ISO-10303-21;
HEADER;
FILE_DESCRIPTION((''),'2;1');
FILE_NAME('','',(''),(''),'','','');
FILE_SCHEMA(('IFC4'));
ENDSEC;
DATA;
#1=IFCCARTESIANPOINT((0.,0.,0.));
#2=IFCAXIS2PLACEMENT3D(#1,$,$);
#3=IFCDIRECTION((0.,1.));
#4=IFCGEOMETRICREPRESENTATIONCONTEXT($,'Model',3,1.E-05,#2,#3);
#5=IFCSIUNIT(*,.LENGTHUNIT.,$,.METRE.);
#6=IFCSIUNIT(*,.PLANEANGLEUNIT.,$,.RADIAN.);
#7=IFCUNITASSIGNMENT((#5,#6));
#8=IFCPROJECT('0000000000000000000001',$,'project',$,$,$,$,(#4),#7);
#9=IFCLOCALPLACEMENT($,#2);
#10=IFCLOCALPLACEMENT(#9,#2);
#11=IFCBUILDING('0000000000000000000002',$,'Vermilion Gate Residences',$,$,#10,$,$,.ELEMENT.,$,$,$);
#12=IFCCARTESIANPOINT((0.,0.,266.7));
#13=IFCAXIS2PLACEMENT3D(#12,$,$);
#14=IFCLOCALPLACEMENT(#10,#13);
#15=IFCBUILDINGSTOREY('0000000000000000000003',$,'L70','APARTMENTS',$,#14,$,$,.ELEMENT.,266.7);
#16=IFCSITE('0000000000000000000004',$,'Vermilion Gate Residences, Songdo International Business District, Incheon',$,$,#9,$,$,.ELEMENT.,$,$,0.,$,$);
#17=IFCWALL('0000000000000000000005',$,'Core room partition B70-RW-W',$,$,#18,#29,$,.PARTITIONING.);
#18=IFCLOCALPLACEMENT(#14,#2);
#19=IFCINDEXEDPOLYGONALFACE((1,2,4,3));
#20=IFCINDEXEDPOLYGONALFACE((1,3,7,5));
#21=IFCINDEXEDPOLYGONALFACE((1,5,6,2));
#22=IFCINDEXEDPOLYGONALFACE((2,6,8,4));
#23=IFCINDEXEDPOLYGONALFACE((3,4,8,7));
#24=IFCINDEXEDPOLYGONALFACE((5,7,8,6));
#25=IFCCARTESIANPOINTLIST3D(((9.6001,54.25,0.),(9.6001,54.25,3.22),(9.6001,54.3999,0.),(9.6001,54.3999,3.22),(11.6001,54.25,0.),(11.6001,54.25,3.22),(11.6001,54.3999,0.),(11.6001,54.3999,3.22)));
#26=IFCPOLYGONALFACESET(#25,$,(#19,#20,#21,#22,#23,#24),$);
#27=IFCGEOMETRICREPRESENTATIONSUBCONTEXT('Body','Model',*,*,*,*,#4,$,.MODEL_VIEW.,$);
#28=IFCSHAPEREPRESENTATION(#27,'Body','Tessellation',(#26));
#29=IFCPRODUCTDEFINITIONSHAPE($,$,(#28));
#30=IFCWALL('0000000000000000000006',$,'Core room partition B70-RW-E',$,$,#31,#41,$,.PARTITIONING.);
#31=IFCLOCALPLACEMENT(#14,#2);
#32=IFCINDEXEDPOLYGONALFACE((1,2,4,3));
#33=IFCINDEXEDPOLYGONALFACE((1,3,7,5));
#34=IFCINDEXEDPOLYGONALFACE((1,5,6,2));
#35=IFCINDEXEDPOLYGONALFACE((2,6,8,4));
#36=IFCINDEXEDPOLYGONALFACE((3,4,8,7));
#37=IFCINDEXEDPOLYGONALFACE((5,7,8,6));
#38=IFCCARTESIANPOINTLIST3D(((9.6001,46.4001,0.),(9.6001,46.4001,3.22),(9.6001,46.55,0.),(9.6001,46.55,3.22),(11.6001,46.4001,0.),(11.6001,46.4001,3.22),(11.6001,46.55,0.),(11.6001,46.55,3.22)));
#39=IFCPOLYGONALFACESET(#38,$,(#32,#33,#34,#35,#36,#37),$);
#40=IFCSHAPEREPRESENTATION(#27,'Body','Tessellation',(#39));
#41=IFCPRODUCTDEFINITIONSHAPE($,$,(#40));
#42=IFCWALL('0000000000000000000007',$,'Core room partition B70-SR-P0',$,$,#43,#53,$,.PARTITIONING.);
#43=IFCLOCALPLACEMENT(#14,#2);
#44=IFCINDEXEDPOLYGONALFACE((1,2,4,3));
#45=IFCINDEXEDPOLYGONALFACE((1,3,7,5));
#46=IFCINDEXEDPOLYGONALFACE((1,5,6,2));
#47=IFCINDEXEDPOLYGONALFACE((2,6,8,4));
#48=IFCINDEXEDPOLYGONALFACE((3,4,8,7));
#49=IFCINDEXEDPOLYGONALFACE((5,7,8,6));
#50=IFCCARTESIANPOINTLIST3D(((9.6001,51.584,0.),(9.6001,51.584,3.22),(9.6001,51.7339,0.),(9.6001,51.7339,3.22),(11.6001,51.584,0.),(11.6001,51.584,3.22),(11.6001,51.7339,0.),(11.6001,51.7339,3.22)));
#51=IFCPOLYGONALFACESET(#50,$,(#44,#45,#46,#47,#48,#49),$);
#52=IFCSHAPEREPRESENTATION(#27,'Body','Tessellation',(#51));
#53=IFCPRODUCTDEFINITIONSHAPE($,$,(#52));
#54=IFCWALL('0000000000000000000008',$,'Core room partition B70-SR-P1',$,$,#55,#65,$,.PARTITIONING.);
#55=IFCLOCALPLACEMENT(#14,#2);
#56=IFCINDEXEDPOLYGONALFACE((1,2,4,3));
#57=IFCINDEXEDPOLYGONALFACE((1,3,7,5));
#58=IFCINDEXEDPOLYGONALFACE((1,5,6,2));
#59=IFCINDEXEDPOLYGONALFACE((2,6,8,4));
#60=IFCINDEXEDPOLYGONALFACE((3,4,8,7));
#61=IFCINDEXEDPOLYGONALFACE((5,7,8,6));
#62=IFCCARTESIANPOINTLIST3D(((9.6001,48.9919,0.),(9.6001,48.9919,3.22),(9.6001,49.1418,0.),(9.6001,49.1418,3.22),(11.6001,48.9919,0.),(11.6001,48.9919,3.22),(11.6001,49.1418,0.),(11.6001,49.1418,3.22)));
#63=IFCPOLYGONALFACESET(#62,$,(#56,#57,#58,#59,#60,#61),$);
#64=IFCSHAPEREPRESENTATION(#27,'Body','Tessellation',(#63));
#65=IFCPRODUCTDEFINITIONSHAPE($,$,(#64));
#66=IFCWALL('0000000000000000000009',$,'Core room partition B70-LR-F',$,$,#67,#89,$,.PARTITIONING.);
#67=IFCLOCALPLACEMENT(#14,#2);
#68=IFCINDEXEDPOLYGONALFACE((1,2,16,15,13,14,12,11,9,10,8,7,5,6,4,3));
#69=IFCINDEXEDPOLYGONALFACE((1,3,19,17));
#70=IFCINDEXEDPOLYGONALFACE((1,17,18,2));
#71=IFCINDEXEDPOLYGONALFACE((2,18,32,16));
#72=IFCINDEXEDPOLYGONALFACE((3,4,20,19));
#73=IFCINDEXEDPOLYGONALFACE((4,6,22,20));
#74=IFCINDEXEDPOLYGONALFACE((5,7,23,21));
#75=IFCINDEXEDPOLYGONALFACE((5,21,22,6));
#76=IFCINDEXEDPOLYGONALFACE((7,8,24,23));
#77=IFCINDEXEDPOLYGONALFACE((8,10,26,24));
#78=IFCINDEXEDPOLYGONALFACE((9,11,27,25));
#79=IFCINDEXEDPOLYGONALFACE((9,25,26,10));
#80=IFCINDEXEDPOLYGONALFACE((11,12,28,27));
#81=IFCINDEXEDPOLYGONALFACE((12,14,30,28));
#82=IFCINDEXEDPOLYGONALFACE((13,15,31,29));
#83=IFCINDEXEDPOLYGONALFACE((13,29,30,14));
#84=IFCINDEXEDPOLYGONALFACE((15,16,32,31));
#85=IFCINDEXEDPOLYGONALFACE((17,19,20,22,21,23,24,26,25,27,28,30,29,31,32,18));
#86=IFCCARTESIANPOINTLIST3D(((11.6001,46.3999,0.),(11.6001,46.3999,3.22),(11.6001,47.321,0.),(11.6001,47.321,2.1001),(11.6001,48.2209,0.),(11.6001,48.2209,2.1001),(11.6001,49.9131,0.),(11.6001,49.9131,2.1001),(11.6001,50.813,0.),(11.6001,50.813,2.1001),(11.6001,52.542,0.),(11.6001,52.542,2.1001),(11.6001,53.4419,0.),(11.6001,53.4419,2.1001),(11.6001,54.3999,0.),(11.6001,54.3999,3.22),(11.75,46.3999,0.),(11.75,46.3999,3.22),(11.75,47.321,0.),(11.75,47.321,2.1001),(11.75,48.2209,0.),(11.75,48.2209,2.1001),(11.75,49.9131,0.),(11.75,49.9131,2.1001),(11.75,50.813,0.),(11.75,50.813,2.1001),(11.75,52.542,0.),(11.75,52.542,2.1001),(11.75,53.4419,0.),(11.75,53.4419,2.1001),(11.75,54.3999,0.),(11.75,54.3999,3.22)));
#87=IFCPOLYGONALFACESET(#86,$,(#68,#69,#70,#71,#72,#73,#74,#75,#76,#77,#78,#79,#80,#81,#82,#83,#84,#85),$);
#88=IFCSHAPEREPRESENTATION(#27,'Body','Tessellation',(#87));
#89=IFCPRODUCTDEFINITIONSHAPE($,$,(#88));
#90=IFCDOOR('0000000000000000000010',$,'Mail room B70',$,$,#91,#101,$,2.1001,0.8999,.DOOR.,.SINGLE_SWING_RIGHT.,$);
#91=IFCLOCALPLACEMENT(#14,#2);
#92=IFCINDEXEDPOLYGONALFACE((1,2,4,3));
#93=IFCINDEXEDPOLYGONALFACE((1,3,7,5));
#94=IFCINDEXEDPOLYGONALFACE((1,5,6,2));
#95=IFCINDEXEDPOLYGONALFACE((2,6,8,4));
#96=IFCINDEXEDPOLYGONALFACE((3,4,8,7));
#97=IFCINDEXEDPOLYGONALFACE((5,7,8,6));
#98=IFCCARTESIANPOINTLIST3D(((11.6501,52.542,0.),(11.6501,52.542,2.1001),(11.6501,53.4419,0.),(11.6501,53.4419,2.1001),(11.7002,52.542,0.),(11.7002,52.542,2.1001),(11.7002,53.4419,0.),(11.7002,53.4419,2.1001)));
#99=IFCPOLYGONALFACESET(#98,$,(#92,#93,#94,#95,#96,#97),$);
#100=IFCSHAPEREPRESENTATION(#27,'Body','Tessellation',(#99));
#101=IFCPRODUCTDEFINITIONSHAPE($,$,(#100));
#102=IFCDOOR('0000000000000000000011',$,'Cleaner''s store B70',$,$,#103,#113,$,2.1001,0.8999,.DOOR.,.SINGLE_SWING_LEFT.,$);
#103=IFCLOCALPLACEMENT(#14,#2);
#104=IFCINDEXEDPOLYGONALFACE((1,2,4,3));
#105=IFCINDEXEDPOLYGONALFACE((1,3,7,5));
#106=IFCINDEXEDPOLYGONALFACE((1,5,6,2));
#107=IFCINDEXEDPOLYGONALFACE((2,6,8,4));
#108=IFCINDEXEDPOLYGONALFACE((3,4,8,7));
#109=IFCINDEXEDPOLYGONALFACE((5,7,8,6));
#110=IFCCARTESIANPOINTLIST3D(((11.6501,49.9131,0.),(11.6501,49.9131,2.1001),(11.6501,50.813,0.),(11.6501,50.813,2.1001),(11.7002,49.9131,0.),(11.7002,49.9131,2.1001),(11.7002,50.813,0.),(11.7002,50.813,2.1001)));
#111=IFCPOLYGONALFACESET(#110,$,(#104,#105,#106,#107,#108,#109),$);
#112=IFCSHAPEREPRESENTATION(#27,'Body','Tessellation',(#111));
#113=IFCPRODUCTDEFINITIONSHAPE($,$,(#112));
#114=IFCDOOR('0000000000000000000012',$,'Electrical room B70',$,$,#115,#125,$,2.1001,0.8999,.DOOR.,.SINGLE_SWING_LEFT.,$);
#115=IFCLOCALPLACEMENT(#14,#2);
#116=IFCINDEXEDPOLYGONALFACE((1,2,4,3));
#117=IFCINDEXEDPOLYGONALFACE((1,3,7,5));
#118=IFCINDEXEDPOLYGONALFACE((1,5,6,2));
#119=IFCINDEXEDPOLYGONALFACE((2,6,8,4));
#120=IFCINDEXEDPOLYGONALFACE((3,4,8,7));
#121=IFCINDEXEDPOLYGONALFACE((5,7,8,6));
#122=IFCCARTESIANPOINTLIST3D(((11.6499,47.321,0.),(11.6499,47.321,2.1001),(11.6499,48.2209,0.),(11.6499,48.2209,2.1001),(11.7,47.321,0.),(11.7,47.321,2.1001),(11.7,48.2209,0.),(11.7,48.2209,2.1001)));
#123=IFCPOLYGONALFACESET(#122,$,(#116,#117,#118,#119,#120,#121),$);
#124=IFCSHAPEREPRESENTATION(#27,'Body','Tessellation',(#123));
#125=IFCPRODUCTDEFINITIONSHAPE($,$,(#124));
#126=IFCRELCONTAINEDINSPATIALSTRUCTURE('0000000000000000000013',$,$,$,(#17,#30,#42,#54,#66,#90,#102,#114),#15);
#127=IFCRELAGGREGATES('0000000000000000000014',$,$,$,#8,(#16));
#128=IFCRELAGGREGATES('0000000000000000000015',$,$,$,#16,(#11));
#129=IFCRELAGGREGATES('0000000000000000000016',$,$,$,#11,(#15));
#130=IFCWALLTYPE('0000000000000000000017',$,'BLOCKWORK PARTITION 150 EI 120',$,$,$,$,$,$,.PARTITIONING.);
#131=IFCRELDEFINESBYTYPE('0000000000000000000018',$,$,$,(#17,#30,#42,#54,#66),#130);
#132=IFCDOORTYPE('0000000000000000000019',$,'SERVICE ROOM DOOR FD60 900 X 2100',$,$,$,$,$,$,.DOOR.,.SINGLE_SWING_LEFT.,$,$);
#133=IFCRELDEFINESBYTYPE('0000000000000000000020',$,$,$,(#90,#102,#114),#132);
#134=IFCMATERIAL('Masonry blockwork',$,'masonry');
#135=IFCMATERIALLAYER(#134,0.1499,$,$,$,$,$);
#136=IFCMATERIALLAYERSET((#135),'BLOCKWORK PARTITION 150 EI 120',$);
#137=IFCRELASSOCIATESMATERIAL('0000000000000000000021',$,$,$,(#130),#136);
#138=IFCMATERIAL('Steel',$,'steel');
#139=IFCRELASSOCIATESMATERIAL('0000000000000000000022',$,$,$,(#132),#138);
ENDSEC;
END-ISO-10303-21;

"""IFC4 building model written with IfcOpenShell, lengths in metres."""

from ifc_helpers import new_model, si_unit, direction, frame, frame_2d, origin, place, context, subcontext, project, spatial, rectangle, extrude, material, layer, layer_set, type_object, element, fill, save


model = new_model("IFC4")

# Units and contexts
model_context = context("Model", 3, precision=1e-05, world=origin(), true_north=direction((0.0, 1.0)))
body_context = subcontext(model_context, "Body", "Model", "MODEL_VIEW")
ifc_project = project(units=[si_unit("LENGTHUNIT", "METRE"), si_unit("PLANEANGLEUNIT", "RADIAN")], contexts=[model_context])

# Site, building, storey
site_placement = place(None, origin())
site = spatial("IfcSite", under=ifc_project, at=site_placement, Name="Vermilion Gate Residences, Songdo International Business District, Incheon", CompositionType="ELEMENT", RefElevation=0.0)
building_placement = place(site_placement, origin())
building = spatial("IfcBuilding", under=site, at=building_placement, Name="Vermilion Gate Residences", CompositionType="ELEMENT")
storey_placement = place(building_placement, frame((0.0, 0.0, 266.7)))
storey = spatial("IfcBuildingStorey", under=building, at=storey_placement, Name="L70", Description="APARTMENTS", CompositionType="ELEMENT", Elevation=266.7)

# Walls
ifc_material_1 = material(Name="Masonry blockwork", Category="masonry")
ifc_layer_1 = layer(ifc_material_1, 0.1499)
ifc_layer_set_1 = layer_set([ifc_layer_1], Name="BLOCKWORK PARTITION 150 EI 120")
wall_type_1 = type_object("IfcWallType", Name="BLOCKWORK PARTITION 150 EI 120", PredefinedType="PARTITIONING", material=ifc_layer_set_1)
for number, where, z_axis, x_axis, name in (
    (1, (9.6001, 54.325, 0.0), (0.0, 0.0, 1.0), (1.0, 0.0, 0.0), "Core room partition B70-RW-W"),
    (2, (9.6001, 46.4751, 0.0), (0.0, 0.0, 1.0), (1.0, 0.0, 0.0), "Core room partition B70-RW-E"),
    (3, (9.6001, 51.6589, 0.0), (0.0, 0.0, 1.0), (1.0, 0.0, 0.0), "Core room partition B70-SR-P0"),
    (4, (9.6001, 49.0669, 0.0), (0.0, 0.0, 1.0), (1.0, 0.0, 0.0), "Core room partition B70-SR-P1"),
):
    element("IfcWall", number, at=place(storey_placement, frame(where, z_axis=z_axis, x_axis=x_axis)), inside=storey, type_object=wall_type_1, Name=name, PredefinedType="PARTITIONING", context=body_context, shape_type="SweptSolid", body=[
        extrude(rectangle(XDim=2.0, YDim=0.1499, at=frame_2d((1.0, 0.0))), origin(), (0.0, 0.0, 1.0), 3.22),
    ])

# Wall, openings, doors
wall_1_placement = place(storey_placement, frame((11.675, 54.3999, 0.0), z_axis=(0.0, 0.0, 1.0), x_axis=(0.0, -1.0, 0.0)))
wall_1 = element("IfcWall", 5, at=wall_1_placement, inside=storey, type_object=wall_type_1, Name="Core room partition B70-LR-F", PredefinedType="PARTITIONING", context=body_context, shape_type="SweptSolid", body=[
    extrude(rectangle(XDim=8.0, YDim=0.1499, at=frame_2d((4.0, 0.0))), origin(), (0.0, 0.0, 1.0), 3.22),
])
opening_1_placement = place(wall_1_placement, frame((0.958, 0.0, 0.0)))
opening_1 = element("IfcOpeningElement", 6, at=opening_1_placement, cuts=wall_1, PredefinedType="OPENING", context=body_context, shape_type="SweptSolid", body=[
    extrude(rectangle(XDim=0.8999, YDim=2.1001, at=frame_2d((0.45, 1.05))), frame((0.0, 0.085, 0.0), z_axis=(0.0, -1.0, 0.0), x_axis=(1.0, 0.0, 0.0)), (0.0, 0.0, 1.0), 0.1699),
])
opening_2_placement = place(wall_1_placement, frame((3.5869, 0.0, 0.0)))
opening_2 = element("IfcOpeningElement", 7, at=opening_2_placement, cuts=wall_1, PredefinedType="OPENING", context=body_context, shape_type="SweptSolid", body=[
    extrude(rectangle(XDim=0.8999, YDim=2.1001, at=frame_2d((0.45, 1.05))), frame((0.0, 0.085, 0.0), z_axis=(0.0, -1.0, 0.0), x_axis=(1.0, 0.0, 0.0)), (0.0, 0.0, 1.0), 0.1699),
])
opening_3_placement = place(wall_1_placement, frame((6.179, 0.0, 0.0)))
opening_3 = element("IfcOpeningElement", 8, at=opening_3_placement, cuts=wall_1, PredefinedType="OPENING", context=body_context, shape_type="SweptSolid", body=[
    extrude(rectangle(XDim=0.8999, YDim=2.1001, at=frame_2d((0.45, 1.05))), frame((0.0, 0.085, 0.0), z_axis=(0.0, -1.0, 0.0), x_axis=(1.0, 0.0, 0.0)), (0.0, 0.0, 1.0), 0.1699),
])
ifc_material_2 = material(Name="Steel", Category="steel")
door_type = type_object("IfcDoorType", Name="SERVICE ROOM DOOR FD60 900 X 2100", OperationType="SINGLE_SWING_LEFT", PredefinedType="DOOR", material=ifc_material_2)
door_1_placement = place(opening_1_placement, frame((0.8999, 0.0, 0.0), z_axis=(0.0, 0.0, 1.0), x_axis=(-1.0, 0.0, 0.0)))
door_1 = element("IfcDoor", 9, at=door_1_placement, inside=storey, type_object=door_type, Name="Mail room B70", OperationType="SINGLE_SWING_RIGHT", OverallHeight=2.1001, OverallWidth=0.8999, PredefinedType="DOOR", context=body_context, shape_type="SweptSolid", body=[
    extrude(rectangle(XDim=0.8999, YDim=2.1001, at=frame_2d((0.45, 1.05))), frame((0.0, 0.0249, 0.0), z_axis=(0.0, -1.0, 0.0), x_axis=(1.0, 0.0, 0.0)), (0.0, 0.0, 1.0), 0.05),
])
fill(opening_1, door_1)
door_2_placement = place(opening_2_placement, frame((0.8999, 0.0, 0.0), z_axis=(0.0, 0.0, 1.0), x_axis=(-1.0, 0.0, 0.0)))
door_2 = element("IfcDoor", 10, at=door_2_placement, inside=storey, type_object=door_type, Name="Cleaner's store B70", OperationType="SINGLE_SWING_LEFT", OverallHeight=2.1001, OverallWidth=0.8999, PredefinedType="DOOR", context=body_context, shape_type="SweptSolid", body=[
    extrude(rectangle(XDim=0.8999, YDim=2.1001, at=frame_2d((0.45, 1.05))), frame((0.0, 0.0249, 0.0), z_axis=(0.0, -1.0, 0.0), x_axis=(1.0, 0.0, 0.0)), (0.0, 0.0, 1.0), 0.05),
])
fill(opening_2, door_2)
door_3_placement = place(opening_3_placement, origin())
door_3 = element("IfcDoor", 11, at=door_3_placement, inside=storey, type_object=door_type, Name="Electrical room B70", OperationType="SINGLE_SWING_LEFT", OverallHeight=2.1001, OverallWidth=0.8999, PredefinedType="DOOR", context=body_context, shape_type="SweptSolid", body=[
    extrude(rectangle(XDim=0.8999, YDim=2.1001, at=frame_2d((0.45, 1.05))), frame((0.0, 0.0249, 0.0), z_axis=(0.0, -1.0, 0.0), x_axis=(1.0, 0.0, 0.0)), (0.0, 0.0, 1.0), 0.05),
])
fill(opening_3, door_3)

save(model, "model.ifc")
